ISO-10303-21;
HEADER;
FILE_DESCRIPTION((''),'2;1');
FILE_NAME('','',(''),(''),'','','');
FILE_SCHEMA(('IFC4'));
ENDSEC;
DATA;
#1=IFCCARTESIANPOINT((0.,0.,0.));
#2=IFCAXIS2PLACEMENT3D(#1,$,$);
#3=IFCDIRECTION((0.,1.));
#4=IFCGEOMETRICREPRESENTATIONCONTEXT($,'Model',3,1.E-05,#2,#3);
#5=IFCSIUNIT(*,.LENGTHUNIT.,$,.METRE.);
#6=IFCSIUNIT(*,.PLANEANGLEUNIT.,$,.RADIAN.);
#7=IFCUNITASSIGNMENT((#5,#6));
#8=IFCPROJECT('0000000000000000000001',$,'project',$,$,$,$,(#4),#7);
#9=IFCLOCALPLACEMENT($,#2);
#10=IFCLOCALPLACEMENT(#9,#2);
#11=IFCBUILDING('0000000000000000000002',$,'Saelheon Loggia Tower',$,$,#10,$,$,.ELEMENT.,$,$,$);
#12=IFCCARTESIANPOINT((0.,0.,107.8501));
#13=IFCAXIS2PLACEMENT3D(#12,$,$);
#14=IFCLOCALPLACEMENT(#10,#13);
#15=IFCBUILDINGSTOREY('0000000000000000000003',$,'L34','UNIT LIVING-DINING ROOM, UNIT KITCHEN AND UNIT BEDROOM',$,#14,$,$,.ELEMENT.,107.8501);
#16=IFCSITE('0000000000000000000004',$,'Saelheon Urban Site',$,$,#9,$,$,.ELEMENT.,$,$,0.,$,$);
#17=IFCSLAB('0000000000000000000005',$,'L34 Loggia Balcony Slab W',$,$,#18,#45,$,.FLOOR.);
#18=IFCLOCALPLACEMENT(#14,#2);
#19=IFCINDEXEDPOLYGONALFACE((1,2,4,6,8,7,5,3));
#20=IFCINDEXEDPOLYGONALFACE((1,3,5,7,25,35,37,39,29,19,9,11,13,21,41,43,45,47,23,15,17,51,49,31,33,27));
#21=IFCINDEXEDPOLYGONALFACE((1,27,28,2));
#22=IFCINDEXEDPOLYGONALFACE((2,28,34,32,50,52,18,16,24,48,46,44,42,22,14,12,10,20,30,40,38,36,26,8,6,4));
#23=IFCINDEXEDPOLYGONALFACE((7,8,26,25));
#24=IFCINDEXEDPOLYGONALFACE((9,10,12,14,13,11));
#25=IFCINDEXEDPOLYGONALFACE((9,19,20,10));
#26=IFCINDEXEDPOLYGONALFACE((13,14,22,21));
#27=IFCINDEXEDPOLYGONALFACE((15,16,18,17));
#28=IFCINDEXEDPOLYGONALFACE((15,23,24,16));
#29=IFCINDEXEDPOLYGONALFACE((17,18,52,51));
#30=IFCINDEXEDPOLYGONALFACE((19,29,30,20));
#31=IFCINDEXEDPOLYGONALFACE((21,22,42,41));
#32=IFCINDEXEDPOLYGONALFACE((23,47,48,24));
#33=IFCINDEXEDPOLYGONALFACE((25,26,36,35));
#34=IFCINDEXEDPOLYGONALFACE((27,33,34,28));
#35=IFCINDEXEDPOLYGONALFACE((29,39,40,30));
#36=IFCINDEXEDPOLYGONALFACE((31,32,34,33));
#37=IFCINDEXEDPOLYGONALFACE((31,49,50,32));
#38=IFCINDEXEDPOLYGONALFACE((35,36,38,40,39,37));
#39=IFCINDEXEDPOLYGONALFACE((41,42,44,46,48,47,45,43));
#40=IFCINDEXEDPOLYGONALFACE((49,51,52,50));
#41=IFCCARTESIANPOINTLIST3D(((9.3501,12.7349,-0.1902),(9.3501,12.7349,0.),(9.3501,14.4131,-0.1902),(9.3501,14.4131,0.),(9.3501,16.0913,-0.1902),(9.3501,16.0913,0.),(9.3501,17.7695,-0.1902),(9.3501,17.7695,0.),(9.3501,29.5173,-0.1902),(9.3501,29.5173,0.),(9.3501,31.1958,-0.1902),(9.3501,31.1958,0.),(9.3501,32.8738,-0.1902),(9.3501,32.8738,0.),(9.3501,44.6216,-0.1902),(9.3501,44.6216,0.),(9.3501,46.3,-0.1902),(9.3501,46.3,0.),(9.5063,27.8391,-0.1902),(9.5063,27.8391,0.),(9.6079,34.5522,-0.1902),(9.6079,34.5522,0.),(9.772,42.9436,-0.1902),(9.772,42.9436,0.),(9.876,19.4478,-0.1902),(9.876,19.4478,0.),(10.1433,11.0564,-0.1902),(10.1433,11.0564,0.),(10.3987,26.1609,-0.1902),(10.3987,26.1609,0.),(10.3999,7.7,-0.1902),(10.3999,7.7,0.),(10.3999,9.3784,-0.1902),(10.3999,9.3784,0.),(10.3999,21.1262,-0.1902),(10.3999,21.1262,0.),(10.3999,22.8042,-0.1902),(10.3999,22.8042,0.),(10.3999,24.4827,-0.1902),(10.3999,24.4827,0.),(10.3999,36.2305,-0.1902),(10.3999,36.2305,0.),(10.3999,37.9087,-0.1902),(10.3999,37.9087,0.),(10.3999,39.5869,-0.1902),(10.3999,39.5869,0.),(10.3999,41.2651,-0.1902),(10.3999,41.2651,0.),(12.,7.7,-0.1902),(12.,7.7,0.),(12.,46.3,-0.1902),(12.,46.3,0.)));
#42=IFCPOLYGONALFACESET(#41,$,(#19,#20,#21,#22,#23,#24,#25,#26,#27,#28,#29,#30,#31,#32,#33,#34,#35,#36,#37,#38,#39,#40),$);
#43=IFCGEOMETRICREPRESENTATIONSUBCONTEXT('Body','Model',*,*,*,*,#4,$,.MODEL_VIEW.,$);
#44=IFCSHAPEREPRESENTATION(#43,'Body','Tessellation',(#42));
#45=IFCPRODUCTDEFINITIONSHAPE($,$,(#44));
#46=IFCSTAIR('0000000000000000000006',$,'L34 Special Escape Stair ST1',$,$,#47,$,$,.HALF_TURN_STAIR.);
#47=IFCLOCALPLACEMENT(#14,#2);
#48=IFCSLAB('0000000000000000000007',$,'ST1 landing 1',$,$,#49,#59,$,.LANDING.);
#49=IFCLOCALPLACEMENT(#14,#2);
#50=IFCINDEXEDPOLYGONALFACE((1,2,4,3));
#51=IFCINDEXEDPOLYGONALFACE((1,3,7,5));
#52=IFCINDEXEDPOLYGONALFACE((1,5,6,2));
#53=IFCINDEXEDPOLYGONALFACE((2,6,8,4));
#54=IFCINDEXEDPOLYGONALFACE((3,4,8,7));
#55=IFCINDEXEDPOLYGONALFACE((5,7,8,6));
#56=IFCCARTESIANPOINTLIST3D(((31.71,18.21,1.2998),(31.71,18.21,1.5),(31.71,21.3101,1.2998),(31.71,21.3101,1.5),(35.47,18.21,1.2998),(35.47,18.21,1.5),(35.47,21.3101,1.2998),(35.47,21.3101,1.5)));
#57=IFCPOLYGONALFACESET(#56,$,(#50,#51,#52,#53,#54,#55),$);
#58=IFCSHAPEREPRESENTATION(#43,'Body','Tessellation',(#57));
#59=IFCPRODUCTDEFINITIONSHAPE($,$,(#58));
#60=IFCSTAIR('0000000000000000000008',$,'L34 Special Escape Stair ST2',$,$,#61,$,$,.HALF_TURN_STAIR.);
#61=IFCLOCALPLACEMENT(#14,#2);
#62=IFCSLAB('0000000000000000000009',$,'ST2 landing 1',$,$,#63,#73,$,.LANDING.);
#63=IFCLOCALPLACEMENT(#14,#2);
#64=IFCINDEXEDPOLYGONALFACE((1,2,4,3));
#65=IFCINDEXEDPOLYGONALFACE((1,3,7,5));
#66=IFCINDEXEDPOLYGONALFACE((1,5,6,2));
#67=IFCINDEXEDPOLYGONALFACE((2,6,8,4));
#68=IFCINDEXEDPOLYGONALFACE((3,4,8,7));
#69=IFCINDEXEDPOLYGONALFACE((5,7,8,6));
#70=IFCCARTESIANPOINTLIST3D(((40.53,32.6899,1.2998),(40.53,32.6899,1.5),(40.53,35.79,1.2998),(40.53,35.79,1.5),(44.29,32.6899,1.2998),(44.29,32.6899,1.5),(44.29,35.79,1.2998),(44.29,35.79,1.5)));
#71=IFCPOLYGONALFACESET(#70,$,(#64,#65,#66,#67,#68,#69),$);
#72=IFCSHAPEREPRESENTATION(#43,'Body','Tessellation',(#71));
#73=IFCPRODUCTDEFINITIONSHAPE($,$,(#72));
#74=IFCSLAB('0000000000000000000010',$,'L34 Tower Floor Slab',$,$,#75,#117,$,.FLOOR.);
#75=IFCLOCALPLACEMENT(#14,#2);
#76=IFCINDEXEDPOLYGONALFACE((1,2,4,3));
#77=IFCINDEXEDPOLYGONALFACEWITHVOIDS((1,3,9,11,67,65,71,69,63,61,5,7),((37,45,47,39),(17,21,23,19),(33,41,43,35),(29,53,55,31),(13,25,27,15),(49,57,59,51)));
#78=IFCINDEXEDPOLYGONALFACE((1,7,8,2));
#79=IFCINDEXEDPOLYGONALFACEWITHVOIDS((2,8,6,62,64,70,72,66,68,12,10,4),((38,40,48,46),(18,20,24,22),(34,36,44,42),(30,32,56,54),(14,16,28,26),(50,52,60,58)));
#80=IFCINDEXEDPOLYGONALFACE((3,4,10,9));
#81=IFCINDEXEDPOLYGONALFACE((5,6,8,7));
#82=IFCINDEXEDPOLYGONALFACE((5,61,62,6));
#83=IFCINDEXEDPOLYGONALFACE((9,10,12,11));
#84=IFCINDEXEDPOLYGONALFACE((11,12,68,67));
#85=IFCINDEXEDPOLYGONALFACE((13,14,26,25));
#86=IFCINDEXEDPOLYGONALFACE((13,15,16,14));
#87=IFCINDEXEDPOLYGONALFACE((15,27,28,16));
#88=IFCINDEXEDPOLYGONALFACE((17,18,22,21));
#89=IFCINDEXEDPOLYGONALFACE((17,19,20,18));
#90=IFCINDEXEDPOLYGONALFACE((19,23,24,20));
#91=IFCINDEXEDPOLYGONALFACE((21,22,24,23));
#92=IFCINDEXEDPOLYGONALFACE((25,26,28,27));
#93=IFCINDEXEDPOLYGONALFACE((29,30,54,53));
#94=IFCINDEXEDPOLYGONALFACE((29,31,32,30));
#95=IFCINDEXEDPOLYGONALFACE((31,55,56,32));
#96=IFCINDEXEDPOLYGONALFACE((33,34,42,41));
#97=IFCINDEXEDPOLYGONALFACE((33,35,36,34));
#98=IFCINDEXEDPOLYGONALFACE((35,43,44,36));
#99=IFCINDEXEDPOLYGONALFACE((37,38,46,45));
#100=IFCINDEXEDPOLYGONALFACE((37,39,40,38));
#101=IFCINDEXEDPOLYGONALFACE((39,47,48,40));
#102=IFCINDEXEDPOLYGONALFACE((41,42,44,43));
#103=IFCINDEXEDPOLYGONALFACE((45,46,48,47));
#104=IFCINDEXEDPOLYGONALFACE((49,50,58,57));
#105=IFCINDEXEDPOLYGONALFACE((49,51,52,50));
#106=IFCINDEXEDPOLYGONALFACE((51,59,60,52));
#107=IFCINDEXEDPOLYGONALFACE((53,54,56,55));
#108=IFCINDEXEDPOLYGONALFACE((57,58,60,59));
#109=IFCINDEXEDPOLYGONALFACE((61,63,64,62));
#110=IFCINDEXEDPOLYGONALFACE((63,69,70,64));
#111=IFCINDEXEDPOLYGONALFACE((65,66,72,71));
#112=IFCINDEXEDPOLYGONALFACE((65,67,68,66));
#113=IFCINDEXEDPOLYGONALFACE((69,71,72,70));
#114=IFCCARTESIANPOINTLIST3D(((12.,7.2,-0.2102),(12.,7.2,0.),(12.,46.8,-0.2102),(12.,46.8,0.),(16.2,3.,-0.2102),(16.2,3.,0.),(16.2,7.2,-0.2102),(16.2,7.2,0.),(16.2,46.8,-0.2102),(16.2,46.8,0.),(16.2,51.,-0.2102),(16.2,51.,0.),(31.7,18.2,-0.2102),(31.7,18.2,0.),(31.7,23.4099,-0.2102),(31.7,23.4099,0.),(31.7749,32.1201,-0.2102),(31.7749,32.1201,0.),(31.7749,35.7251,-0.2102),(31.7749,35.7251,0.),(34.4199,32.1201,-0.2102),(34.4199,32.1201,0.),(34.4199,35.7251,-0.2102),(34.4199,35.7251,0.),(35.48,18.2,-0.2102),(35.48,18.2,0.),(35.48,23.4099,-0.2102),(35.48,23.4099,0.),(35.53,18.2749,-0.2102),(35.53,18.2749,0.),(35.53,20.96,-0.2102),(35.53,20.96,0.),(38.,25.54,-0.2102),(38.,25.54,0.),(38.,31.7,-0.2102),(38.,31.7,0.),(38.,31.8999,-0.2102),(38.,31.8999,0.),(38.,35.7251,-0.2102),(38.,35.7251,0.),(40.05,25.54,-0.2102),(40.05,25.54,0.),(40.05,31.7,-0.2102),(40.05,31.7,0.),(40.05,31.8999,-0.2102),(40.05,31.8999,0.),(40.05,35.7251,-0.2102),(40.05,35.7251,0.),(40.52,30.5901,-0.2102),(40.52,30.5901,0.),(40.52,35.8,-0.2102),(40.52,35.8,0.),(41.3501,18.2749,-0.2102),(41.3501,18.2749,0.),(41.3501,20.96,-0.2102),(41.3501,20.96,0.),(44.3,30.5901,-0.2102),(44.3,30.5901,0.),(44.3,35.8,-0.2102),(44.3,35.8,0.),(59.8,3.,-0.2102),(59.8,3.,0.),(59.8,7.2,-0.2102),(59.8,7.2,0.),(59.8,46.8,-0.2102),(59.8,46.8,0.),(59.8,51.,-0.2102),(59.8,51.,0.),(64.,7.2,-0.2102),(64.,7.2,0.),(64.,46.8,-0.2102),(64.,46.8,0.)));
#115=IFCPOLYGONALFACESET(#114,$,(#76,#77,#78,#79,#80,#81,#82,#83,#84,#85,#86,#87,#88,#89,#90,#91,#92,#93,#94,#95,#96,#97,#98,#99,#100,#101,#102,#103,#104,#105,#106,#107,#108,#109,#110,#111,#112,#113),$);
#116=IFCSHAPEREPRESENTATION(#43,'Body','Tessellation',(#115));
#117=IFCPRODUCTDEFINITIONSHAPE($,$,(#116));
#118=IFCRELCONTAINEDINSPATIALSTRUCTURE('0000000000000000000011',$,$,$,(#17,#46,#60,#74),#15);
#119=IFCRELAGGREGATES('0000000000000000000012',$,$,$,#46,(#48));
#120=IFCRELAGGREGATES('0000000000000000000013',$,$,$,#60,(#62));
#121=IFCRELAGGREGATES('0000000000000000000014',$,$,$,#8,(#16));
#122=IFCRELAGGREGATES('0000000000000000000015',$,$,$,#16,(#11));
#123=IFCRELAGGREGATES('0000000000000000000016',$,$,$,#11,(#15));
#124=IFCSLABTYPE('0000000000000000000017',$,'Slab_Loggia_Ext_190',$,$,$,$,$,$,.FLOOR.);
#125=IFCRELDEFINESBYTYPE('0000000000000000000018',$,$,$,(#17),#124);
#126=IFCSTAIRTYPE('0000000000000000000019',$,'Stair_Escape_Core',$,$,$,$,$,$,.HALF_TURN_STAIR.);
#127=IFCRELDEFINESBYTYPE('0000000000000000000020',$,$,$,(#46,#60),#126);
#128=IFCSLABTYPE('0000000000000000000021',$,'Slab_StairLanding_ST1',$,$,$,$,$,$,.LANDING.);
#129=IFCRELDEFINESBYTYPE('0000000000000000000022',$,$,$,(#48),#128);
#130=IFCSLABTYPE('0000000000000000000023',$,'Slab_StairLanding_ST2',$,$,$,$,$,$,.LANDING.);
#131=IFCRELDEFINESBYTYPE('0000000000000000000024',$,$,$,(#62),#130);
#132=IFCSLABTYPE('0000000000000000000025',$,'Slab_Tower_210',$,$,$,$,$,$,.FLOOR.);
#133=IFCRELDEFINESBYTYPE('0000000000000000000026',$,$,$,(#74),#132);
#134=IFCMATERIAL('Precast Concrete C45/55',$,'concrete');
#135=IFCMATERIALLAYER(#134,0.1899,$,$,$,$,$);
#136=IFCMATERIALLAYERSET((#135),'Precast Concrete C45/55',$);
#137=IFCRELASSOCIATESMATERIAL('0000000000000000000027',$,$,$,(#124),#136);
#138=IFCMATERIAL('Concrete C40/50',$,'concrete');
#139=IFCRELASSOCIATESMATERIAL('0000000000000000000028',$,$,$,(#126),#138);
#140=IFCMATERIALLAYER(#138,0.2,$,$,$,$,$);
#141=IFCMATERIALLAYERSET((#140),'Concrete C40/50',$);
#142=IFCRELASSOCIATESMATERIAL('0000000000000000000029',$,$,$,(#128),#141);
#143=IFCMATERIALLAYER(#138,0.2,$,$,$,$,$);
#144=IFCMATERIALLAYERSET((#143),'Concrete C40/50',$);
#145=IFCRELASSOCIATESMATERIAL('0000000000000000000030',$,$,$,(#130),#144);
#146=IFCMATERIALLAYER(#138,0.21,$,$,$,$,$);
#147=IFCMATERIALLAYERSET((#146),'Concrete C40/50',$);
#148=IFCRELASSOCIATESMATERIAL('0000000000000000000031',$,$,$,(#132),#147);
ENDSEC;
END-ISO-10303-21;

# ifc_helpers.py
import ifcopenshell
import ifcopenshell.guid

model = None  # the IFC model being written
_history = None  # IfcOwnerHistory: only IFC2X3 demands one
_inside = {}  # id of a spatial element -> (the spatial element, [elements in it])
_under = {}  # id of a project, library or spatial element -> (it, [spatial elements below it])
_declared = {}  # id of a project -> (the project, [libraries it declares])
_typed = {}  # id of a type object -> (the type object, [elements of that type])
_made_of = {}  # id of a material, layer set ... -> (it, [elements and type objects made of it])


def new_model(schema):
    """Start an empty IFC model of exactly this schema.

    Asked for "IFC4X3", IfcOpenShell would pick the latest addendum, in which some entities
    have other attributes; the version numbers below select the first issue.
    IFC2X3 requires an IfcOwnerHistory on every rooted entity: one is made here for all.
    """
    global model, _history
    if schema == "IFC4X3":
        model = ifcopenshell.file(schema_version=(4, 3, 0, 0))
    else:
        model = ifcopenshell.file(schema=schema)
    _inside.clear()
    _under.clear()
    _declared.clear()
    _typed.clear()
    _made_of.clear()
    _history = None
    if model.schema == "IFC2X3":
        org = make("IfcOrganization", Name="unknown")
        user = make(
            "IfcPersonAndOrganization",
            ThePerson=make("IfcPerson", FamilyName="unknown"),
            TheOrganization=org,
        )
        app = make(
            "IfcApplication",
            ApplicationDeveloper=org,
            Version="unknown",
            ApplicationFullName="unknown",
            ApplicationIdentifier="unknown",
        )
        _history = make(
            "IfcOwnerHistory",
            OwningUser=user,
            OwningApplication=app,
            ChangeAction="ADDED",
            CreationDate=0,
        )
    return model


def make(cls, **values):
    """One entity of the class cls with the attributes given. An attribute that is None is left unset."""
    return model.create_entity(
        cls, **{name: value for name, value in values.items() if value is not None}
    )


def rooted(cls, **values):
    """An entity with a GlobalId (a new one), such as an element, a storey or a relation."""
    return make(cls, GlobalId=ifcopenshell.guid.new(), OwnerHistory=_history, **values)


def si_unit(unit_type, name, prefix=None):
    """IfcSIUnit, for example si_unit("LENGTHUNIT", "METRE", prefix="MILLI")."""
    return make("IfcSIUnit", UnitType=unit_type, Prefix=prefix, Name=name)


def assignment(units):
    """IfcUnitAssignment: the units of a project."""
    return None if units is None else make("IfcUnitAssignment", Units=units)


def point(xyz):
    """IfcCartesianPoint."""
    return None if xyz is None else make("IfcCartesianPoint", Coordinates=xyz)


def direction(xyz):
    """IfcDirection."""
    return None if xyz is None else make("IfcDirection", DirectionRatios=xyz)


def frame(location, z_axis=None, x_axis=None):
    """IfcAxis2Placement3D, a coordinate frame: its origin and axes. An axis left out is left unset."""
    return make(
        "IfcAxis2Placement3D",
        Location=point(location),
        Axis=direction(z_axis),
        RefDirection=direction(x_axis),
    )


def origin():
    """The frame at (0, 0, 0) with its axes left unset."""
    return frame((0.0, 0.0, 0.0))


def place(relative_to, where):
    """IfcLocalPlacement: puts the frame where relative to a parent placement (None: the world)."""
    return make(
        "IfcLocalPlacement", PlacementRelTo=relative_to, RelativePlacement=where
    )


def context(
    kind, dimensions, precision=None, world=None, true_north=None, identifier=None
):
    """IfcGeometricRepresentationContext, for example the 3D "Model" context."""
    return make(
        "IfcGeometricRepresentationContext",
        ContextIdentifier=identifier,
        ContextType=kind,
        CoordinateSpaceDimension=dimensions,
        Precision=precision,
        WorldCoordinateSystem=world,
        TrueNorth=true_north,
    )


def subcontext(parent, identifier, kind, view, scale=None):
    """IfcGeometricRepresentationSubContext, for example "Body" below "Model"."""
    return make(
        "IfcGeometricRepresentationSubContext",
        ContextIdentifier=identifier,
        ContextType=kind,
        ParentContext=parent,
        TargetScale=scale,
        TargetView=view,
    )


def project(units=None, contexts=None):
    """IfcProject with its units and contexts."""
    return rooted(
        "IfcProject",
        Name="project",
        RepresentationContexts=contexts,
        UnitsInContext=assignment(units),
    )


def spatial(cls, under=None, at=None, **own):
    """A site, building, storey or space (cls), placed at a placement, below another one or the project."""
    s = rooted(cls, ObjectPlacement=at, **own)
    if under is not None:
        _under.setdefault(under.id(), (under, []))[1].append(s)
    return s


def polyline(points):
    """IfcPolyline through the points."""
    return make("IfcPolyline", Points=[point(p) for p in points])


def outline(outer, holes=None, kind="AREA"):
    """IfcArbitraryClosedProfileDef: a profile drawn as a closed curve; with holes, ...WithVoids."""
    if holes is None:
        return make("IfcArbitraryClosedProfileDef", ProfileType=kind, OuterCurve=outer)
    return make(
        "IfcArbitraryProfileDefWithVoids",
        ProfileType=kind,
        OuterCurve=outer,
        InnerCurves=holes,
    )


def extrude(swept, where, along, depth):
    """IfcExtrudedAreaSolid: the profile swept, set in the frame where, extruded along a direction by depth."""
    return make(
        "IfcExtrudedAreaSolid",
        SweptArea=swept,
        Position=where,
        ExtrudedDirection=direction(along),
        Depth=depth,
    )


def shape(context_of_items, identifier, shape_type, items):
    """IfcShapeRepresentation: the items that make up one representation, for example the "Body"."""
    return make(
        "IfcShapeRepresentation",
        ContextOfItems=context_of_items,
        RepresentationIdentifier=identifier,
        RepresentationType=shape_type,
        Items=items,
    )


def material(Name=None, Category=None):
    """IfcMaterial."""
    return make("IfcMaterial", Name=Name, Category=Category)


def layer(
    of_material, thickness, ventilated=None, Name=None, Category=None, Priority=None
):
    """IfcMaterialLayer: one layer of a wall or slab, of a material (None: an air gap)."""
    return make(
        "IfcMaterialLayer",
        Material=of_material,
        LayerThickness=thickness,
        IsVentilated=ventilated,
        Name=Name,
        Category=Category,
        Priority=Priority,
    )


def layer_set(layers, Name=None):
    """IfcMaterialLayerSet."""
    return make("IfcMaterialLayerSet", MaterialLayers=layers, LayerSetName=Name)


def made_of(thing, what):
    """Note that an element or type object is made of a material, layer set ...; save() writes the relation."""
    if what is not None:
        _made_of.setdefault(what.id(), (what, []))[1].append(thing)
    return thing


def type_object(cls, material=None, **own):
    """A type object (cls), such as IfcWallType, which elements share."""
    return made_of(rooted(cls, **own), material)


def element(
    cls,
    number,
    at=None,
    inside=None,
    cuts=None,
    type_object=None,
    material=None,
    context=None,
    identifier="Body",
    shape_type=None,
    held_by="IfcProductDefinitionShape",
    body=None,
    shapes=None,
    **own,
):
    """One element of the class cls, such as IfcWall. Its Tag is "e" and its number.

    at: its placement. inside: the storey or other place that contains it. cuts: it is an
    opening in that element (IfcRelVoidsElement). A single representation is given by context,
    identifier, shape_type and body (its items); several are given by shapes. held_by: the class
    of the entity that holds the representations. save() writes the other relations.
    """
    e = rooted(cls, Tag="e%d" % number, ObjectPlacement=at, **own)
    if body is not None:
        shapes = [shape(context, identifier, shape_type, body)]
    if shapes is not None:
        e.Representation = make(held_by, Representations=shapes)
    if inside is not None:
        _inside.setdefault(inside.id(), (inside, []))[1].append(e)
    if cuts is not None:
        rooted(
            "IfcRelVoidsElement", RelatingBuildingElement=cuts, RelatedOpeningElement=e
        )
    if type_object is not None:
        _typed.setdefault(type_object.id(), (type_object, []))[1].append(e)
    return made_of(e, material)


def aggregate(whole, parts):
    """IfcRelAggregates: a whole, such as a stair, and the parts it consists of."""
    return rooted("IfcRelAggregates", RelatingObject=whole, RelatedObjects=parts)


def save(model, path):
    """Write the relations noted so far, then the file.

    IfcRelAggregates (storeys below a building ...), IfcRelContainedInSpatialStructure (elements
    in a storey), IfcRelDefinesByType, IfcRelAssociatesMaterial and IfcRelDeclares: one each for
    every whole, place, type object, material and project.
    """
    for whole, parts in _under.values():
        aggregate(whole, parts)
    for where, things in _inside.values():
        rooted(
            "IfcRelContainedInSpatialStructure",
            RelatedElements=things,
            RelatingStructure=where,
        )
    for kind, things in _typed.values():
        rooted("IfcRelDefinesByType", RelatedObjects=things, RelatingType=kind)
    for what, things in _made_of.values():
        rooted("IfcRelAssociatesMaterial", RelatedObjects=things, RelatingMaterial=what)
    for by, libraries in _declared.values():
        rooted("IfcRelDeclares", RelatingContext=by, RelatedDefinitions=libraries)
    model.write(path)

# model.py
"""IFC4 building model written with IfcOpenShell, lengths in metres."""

from ifc_helpers import new_model, si_unit, direction, frame, origin, place, context, subcontext, project, spatial, polyline, outline, extrude, material, layer, layer_set, type_object, element, aggregate, save


model = new_model("IFC4")

# Units and contexts
model_context = context("Model", 3, precision=1e-05, world=origin(), true_north=direction((0.0, 1.0)))
body_context = subcontext(model_context, "Body", "Model", "MODEL_VIEW")
ifc_project = project(units=[si_unit("LENGTHUNIT", "METRE"), si_unit("PLANEANGLEUNIT", "RADIAN")], contexts=[model_context])

# Site, building, storey
site_placement = place(None, origin())
site = spatial("IfcSite", under=ifc_project, at=site_placement, Name="Saelheon Urban Site", CompositionType="ELEMENT", RefElevation=0.0)
building_placement = place(site_placement, origin())
building = spatial("IfcBuilding", under=site, at=building_placement, Name="Saelheon Loggia Tower", CompositionType="ELEMENT")
storey_placement = place(building_placement, frame((0.0, 0.0, 107.8501)))
storey = spatial("IfcBuildingStorey", under=building, at=storey_placement, Name="L34", Description="UNIT LIVING-DINING ROOM, UNIT KITCHEN AND UNIT BEDROOM", CompositionType="ELEMENT", Elevation=107.8501)

# Shared definitions
ifc_material_1 = material(Name="Concrete C40/50", Category="concrete")

# Slab
ifc_material_2 = material(Name="Precast Concrete C45/55", Category="concrete")
ifc_layer_1 = layer(ifc_material_2, 0.1899)
ifc_layer_set_1 = layer_set([ifc_layer_1], Name="Precast Concrete C45/55")
slab_type_1 = type_object("IfcSlabType", Name="Slab_Loggia_Ext_190", PredefinedType="FLOOR", material=ifc_layer_set_1)
slab_1_placement = place(storey_placement, frame((0.0, 0.0, -0.1902)))
element("IfcSlab", 1, at=slab_1_placement, inside=storey, type_object=slab_type_1, Name="L34 Loggia Balcony Slab W", PredefinedType="FLOOR", context=body_context, shape_type="SweptSolid", body=[
    extrude(outline(polyline([(12.0, 7.7), (12.0, 46.3), (9.3501, 46.3), (9.3501, 44.6216), (9.772, 42.9436), (10.3999, 41.2651), (10.3999, 39.5869), (10.3999, 37.9087), (10.3999, 36.2305), (9.6079, 34.5522), (9.3501, 32.8738), (9.3501, 31.1958), (9.3501, 29.5173), (9.5063, 27.8391), (10.3987, 26.1609), (10.3999, 24.4827), (10.3999, 22.8042), (10.3999, 21.1262), (9.876, 19.4478), (9.3501, 17.7695), (9.3501, 16.0913), (9.3501, 14.4131), (9.3501, 12.7349), (10.1433, 11.0564), (10.3999, 9.3784), (10.3999, 7.7), (12.0, 7.7)])), origin(), (0.0, 0.0, 1.0), 0.1902),
])

# Stairs, slabs
stair_type = type_object("IfcStairType", Name="Stair_Escape_Core", PredefinedType="HALF_TURN_STAIR", material=ifc_material_1)
stair_1_placement = place(storey_placement, origin())
stair_1 = element("IfcStair", 2, at=stair_1_placement, inside=storey, type_object=stair_type, Name="L34 Special Escape Stair ST1", PredefinedType="HALF_TURN_STAIR")
ifc_layer_2 = layer(ifc_material_1, 0.2)
ifc_layer_set_2 = layer_set([ifc_layer_2], Name="Concrete C40/50")
slab_type_2 = type_object("IfcSlabType", Name="Slab_StairLanding_ST1", PredefinedType="LANDING", material=ifc_layer_set_2)
slab_2_placement = place(storey_placement, frame((0.0, 0.0, 1.2998)))
slab_2 = element("IfcSlab", 3, at=slab_2_placement, type_object=slab_type_2, Name="ST1 landing 1", PredefinedType="LANDING", context=body_context, shape_type="SweptSolid", body=[
    extrude(outline(polyline([(31.71, 21.3101), (31.71, 18.21), (35.47, 18.21), (35.47, 21.3101), (31.71, 21.3101)])), origin(), (0.0, 0.0, 1.0), 0.2002),
])
aggregate(stair_1, [slab_2])
stair_2_placement = place(storey_placement, origin())
stair_2 = element("IfcStair", 4, at=stair_2_placement, inside=storey, type_object=stair_type, Name="L34 Special Escape Stair ST2", PredefinedType="HALF_TURN_STAIR")
ifc_layer_3 = layer(ifc_material_1, 0.2)
ifc_layer_set_3 = layer_set([ifc_layer_3], Name="Concrete C40/50")
slab_type_3 = type_object("IfcSlabType", Name="Slab_StairLanding_ST2", PredefinedType="LANDING", material=ifc_layer_set_3)
slab_3_placement = place(storey_placement, frame((0.0, 0.0, 1.2998)))
slab_3 = element("IfcSlab", 5, at=slab_3_placement, type_object=slab_type_3, Name="ST2 landing 1", PredefinedType="LANDING", context=body_context, shape_type="SweptSolid", body=[
    extrude(outline(polyline([(44.29, 32.6899), (44.29, 35.79), (40.53, 35.79), (40.53, 32.6899), (44.29, 32.6899)])), origin(), (0.0, 0.0, 1.0), 0.2002),
])
aggregate(stair_2, [slab_3])

# Slab
ifc_layer_4 = layer(ifc_material_1, 0.21)
ifc_layer_set_4 = layer_set([ifc_layer_4], Name="Concrete C40/50")
slab_type_4 = type_object("IfcSlabType", Name="Slab_Tower_210", PredefinedType="FLOOR", material=ifc_layer_set_4)
slab_4_placement = place(storey_placement, frame((0.0, 0.0, -0.2102)))
element("IfcSlab", 6, at=slab_4_placement, inside=storey, type_object=slab_type_4, Name="L34 Tower Floor Slab", PredefinedType="FLOOR", context=body_context, shape_type="SweptSolid", body=[
    extrude(outline(polyline([(16.2, 3.0), (59.8, 3.0), (59.8, 7.2), (64.0, 7.2), (64.0, 46.8), (59.8, 46.8), (59.8, 51.0), (16.2, 51.0), (16.2, 46.8), (12.0, 46.8), (12.0, 7.2), (16.2, 7.2), (16.2, 3.0)]), holes=[polyline([(31.7, 23.4099), (31.7, 18.2), (35.48, 18.2), (35.48, 23.4099), (31.7, 23.4099)]), polyline([(44.3, 30.5901), (44.3, 35.8), (40.52, 35.8), (40.52, 30.5901), (44.3, 30.5901)]), polyline([(35.53, 18.2749), (41.3501, 18.2749), (41.3501, 20.96), (35.53, 20.96), (35.53, 18.2749)]), polyline([(31.7749, 32.1201), (34.4199, 32.1201), (34.4199, 35.7251), (31.7749, 35.7251), (31.7749, 32.1201)]), polyline([(38.0, 31.8999), (40.05, 31.8999), (40.05, 35.7251), (38.0, 35.7251), (38.0, 31.8999)]), polyline([(38.0, 25.54), (40.05, 25.54), (40.05, 31.7), (38.0, 31.7), (38.0, 25.54)])]), origin(), (0.0, 0.0, 1.0), 0.2102),
])

save(model, "model.ifc")
